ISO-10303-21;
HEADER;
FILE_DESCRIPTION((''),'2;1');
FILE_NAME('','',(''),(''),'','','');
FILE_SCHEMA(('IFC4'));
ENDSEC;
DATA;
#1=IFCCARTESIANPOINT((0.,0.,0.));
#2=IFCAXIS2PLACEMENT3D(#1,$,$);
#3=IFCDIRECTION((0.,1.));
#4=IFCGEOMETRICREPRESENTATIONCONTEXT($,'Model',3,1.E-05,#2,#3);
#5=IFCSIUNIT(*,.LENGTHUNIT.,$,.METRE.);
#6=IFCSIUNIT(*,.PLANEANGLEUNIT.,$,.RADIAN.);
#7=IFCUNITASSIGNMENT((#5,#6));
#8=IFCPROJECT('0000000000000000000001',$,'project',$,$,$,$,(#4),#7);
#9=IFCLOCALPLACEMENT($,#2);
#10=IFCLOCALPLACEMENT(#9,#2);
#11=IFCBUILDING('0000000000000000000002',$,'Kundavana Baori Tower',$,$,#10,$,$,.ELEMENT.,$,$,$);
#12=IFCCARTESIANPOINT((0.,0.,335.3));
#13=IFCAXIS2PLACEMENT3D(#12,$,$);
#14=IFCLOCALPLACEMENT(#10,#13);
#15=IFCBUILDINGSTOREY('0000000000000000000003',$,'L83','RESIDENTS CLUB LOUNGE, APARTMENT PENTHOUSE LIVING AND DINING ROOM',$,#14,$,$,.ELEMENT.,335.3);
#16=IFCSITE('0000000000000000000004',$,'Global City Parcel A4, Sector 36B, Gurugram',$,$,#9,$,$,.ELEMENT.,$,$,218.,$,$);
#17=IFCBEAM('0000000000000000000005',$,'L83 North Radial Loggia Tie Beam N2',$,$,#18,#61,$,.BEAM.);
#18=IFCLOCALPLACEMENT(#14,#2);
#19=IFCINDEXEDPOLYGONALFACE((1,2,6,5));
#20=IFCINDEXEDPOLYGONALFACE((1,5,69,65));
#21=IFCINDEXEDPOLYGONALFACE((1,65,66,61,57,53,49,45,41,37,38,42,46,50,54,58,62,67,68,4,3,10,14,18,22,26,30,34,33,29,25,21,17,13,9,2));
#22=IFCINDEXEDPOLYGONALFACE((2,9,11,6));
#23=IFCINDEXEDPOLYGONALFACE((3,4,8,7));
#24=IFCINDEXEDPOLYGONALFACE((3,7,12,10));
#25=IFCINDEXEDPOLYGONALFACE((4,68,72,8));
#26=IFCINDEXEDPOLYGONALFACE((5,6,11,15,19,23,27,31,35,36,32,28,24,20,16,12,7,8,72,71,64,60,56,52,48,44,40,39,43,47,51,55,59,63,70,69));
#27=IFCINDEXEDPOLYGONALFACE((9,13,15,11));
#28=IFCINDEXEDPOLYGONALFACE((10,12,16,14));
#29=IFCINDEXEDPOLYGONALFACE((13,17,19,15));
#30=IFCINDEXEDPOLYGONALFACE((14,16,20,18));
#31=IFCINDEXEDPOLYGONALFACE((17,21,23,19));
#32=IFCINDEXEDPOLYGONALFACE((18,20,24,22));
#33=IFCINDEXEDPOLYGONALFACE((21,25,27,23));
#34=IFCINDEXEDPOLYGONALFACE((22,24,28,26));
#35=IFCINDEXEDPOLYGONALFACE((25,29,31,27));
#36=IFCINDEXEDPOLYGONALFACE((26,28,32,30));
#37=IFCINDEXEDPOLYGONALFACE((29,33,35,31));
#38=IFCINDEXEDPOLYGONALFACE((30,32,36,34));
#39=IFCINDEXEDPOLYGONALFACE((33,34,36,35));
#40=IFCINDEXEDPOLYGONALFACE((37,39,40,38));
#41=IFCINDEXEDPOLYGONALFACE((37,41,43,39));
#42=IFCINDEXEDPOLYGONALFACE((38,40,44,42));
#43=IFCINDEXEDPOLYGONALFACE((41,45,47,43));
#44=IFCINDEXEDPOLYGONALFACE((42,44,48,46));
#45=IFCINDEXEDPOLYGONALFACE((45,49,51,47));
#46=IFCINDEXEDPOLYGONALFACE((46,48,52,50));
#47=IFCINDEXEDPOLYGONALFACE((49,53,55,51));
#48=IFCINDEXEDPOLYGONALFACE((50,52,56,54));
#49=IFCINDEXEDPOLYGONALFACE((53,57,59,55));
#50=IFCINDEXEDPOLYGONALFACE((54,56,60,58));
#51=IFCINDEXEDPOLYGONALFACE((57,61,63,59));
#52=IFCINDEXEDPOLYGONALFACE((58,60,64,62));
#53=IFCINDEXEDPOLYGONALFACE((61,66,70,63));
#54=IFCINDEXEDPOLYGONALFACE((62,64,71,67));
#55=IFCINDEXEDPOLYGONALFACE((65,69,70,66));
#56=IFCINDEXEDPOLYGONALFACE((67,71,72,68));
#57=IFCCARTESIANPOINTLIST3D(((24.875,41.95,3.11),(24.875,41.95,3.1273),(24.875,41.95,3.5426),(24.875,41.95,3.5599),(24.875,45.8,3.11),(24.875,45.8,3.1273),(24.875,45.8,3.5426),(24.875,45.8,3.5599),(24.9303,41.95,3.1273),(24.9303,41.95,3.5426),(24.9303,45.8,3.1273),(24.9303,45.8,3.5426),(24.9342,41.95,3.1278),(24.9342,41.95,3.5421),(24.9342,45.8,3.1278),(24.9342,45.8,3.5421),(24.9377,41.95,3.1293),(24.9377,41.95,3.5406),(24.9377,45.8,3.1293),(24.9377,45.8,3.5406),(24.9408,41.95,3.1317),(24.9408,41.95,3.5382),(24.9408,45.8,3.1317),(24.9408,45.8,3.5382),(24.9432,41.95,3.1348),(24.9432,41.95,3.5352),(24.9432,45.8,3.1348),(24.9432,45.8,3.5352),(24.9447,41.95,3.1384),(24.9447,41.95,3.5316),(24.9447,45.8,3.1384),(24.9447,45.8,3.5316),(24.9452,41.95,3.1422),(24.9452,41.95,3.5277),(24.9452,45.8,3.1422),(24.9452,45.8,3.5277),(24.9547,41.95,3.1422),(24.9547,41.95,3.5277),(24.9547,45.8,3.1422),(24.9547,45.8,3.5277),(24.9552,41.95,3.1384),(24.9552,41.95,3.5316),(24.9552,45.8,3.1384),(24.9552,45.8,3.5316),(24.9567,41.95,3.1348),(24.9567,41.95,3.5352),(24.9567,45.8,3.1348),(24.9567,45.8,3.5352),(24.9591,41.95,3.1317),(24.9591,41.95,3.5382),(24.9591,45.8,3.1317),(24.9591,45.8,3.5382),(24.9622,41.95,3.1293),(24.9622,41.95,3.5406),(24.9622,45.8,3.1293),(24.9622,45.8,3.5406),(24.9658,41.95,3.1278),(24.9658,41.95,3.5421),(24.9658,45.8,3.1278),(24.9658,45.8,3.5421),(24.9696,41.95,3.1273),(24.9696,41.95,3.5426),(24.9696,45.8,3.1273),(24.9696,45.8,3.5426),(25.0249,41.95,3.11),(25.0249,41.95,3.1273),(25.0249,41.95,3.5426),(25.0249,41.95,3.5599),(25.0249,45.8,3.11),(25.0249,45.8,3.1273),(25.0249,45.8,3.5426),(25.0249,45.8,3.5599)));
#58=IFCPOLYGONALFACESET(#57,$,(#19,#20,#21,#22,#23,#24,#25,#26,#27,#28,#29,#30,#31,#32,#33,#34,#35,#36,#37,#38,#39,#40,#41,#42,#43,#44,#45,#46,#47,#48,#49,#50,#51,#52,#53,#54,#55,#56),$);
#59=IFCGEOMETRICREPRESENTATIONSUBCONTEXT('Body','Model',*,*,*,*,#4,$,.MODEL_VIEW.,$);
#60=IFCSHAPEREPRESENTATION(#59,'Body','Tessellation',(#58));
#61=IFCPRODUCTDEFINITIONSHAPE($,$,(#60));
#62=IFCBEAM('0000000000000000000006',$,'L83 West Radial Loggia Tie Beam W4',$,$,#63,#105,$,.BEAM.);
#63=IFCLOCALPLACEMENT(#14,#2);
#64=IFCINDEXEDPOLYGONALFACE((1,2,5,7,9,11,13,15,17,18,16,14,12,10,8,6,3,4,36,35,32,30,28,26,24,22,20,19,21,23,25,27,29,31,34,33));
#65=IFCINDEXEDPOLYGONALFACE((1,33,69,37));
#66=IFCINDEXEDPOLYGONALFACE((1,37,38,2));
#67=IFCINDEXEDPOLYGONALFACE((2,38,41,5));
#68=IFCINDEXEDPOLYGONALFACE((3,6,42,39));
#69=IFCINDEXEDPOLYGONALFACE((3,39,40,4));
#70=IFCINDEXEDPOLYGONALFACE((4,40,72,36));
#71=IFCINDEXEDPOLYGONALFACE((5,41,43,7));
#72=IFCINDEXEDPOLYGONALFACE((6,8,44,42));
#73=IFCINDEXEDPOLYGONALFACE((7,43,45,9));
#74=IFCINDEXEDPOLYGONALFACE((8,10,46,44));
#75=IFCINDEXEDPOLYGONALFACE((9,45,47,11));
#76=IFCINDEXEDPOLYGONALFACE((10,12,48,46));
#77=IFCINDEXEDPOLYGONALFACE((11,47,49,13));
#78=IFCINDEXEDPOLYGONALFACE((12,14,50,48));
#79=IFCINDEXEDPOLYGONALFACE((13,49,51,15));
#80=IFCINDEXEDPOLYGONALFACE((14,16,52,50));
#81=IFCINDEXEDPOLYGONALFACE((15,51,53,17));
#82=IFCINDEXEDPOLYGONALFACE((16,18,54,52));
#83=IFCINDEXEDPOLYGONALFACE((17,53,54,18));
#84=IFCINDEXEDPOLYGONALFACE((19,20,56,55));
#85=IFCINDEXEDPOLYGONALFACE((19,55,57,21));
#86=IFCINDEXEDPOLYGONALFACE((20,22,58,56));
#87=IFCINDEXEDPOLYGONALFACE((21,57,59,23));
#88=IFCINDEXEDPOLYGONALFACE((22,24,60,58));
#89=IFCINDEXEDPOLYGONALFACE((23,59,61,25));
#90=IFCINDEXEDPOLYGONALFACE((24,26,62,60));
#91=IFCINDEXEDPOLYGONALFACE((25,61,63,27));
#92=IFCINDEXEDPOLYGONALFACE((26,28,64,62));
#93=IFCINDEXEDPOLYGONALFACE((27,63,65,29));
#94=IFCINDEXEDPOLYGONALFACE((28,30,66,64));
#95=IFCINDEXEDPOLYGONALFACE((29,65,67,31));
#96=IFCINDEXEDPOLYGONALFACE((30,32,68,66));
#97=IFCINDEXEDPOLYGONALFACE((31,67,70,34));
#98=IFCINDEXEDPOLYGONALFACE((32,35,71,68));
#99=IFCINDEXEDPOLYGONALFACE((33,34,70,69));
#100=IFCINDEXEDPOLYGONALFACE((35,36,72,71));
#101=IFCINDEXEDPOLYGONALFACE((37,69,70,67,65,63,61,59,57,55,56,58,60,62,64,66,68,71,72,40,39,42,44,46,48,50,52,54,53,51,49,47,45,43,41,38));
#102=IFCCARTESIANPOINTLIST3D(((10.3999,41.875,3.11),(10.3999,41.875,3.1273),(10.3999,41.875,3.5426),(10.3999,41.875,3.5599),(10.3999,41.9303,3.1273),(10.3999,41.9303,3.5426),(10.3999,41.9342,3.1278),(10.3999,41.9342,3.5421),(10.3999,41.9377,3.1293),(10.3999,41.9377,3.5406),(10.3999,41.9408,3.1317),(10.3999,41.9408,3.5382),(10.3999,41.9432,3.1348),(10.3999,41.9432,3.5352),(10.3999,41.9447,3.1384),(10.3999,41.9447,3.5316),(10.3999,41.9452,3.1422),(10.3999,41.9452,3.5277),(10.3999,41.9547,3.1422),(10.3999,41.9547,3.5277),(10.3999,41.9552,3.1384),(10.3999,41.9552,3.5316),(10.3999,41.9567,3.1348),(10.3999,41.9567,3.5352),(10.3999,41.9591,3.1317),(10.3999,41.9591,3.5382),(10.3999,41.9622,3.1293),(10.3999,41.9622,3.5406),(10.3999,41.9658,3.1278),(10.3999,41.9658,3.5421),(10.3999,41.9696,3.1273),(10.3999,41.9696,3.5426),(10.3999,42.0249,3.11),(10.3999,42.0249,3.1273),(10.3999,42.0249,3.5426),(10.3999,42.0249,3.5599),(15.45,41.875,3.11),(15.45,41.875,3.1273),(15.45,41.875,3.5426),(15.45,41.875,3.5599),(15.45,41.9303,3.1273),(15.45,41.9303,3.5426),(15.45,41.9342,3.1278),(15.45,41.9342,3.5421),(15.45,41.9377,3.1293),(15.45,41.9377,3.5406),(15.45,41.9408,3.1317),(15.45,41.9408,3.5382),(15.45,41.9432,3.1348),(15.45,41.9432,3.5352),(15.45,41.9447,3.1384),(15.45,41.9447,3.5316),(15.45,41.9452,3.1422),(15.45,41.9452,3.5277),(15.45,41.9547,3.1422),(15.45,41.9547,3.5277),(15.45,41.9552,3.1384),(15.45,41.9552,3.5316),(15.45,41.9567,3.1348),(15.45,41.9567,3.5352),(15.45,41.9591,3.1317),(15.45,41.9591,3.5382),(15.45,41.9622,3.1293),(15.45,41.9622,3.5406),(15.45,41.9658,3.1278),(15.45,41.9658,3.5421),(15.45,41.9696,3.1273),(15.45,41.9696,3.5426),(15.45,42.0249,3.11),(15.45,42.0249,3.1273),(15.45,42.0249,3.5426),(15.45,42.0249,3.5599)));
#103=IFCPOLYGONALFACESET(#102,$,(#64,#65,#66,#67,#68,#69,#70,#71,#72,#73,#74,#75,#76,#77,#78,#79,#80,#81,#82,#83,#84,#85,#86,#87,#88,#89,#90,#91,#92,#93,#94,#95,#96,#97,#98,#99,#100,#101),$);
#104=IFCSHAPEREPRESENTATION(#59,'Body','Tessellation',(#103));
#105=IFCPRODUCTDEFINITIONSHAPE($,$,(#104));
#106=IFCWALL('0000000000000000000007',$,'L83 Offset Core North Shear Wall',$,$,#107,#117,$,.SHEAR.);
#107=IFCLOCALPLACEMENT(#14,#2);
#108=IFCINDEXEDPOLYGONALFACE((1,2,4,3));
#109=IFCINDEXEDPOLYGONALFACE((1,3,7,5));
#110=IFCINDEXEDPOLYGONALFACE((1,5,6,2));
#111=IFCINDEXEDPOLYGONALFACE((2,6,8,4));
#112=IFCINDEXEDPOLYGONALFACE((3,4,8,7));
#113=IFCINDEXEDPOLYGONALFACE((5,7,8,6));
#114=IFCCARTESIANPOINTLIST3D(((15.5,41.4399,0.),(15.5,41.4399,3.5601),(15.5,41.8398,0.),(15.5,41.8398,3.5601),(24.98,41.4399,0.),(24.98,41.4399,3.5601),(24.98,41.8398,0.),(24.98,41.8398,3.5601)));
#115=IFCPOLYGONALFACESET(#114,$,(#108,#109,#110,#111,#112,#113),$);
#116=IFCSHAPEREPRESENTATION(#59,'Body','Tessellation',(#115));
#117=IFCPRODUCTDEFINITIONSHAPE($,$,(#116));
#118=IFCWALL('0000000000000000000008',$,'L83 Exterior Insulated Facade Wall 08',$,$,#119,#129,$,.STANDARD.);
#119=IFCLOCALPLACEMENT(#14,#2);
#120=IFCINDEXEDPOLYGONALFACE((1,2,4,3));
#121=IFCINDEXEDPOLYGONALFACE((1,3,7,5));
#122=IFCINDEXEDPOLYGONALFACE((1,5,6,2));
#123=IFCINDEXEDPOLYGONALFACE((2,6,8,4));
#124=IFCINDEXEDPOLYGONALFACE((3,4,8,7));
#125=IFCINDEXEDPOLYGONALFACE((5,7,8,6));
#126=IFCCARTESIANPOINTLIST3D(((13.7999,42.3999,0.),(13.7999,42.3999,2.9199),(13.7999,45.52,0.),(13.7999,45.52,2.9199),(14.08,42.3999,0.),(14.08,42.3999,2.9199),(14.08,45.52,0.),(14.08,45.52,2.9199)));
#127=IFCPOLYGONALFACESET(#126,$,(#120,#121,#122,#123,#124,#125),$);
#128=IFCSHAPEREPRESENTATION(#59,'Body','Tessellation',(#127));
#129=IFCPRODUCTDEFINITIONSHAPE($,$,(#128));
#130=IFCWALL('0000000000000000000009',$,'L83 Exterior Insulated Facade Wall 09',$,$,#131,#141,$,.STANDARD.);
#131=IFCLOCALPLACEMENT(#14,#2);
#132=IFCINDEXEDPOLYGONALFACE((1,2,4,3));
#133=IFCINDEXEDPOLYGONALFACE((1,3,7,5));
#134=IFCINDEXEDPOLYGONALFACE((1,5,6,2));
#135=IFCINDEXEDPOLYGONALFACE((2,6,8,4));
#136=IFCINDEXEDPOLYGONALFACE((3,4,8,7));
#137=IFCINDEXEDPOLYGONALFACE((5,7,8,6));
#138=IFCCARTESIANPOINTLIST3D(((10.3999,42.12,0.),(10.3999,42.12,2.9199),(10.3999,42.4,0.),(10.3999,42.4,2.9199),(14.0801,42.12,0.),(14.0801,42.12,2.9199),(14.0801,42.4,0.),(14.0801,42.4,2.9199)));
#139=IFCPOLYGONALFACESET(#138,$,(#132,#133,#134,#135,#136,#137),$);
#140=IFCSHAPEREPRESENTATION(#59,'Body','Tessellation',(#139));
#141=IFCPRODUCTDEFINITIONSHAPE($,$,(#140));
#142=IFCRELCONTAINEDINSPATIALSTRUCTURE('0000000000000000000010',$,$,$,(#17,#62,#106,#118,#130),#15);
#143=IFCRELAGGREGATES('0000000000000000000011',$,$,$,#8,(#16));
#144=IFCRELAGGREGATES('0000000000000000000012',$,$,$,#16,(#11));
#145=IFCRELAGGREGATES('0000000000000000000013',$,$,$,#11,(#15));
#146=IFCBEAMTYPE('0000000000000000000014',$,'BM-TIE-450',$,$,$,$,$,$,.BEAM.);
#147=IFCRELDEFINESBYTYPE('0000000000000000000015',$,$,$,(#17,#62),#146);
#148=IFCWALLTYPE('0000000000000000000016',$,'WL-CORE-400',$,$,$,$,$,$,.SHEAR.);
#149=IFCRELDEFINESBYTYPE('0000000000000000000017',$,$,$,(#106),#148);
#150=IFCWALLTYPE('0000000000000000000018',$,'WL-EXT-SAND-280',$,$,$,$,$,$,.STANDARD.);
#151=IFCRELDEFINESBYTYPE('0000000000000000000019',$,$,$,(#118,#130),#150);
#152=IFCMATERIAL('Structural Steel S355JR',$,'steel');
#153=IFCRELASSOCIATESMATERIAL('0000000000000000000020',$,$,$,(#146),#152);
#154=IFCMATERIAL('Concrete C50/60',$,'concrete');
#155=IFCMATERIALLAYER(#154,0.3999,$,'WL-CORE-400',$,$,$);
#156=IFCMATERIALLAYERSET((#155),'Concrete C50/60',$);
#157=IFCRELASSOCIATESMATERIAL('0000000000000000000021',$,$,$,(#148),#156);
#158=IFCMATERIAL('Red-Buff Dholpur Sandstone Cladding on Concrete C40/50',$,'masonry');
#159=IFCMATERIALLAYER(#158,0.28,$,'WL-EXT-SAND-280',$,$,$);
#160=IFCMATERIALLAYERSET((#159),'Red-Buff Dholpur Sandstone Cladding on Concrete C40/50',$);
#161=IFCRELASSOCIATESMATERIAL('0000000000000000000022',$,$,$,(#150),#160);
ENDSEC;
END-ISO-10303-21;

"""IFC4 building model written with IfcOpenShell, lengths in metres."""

from ifc_helpers import new_model, si_unit, direction, frame, frame_2d, origin, origin_2d, place, context, subcontext, project, spatial, rectangle, i_section, extrude, material, layer, layer_set, material_profile, profile_set, type_object, element, save


model = new_model("IFC4")

# Units and contexts
model_context = context("Model", 3, precision=1e-05, world=origin(), true_north=direction((0.0, 1.0)))
body_context = subcontext(model_context, "Body", "Model", "MODEL_VIEW")
ifc_project = project(units=[si_unit("LENGTHUNIT", "METRE"), si_unit("PLANEANGLEUNIT", "RADIAN")], contexts=[model_context])

# Site, building, storey
site_placement = place(None, origin())
site = spatial("IfcSite", under=ifc_project, at=site_placement, Name="Global City Parcel A4, Sector 36B, Gurugram", CompositionType="ELEMENT", RefElevation=218.0)
building_placement = place(site_placement, origin())
building = spatial("IfcBuilding", under=site, at=building_placement, Name="Kundavana Baori Tower", CompositionType="ELEMENT")
storey_placement = place(building_placement, frame((0.0, 0.0, 335.3)))
storey = spatial("IfcBuildingStorey", under=building, at=storey_placement, Name="L83", Description="RESIDENTS CLUB LOUNGE, APARTMENT PENTHOUSE LIVING AND DINING ROOM", CompositionType="ELEMENT", Elevation=335.3)

# Beams
ifc_material_1 = material(Name="Structural Steel S355JR", Category="steel")
ifc_material_profile_1 = material_profile(ifc_material_1, i_section(OverallWidth=0.1499, OverallDepth=0.45, WebThickness=0.0095, FlangeThickness=0.0173, FilletRadius=0.0149, at=origin_2d()), Name="ISMB 450")
ifc_profile_set_1 = profile_set([ifc_material_profile_1], Name="Structural Steel S355JR")
beam_type_1 = type_object("IfcBeamType", Name="BM-TIE-450", PredefinedType="BEAM", material=ifc_profile_set_1)
for number, where, z_axis, x_axis, name in (
    (1, (24.95, 41.95, 3.335), (0.0, 1.0, 0.0), (-1.0, 0.0, 0.0), "L83 North Radial Loggia Tie Beam N2"),
):
    element("IfcBeam", number, at=place(storey_placement, frame(where, z_axis=z_axis, x_axis=x_axis)), inside=storey, type_object=beam_type_1, Name=name, PredefinedType="BEAM", context=body_context, shape_type="SweptSolid", body=[
        extrude(i_section(OverallWidth=0.1499, OverallDepth=0.45, WebThickness=0.0095, FlangeThickness=0.0173, FilletRadius=0.0149, at=origin_2d()), origin(), (0.0, 0.0, 1.0), 3.8501),
    ])
beam_1_placement = place(storey_placement, frame((15.45, 41.95, 3.335), z_axis=(-1.0, 0.0, 0.0), x_axis=(0.0, -1.0, 0.0)))
element("IfcBeam", 2, at=beam_1_placement, inside=storey, type_object=beam_type_1, Name="L83 West Radial Loggia Tie Beam W4", PredefinedType="BEAM", context=body_context, shape_type="SweptSolid", body=[
    extrude(i_section(OverallWidth=0.1499, OverallDepth=0.45, WebThickness=0.0095, FlangeThickness=0.0173, FilletRadius=0.0149, at=origin_2d()), origin(), (0.0, 0.0, 1.0), 5.05),
])

# Walls
ifc_material_2 = material(Name="Concrete C50/60", Category="concrete")
ifc_layer_1 = layer(ifc_material_2, 0.3999, Name="WL-CORE-400")
ifc_layer_set_1 = layer_set([ifc_layer_1], Name="Concrete C50/60")
wall_type_1 = type_object("IfcWallType", Name="WL-CORE-400", PredefinedType="SHEAR", material=ifc_layer_set_1)
wall_1_placement = place(storey_placement, frame((15.5, 41.6399, 0.0), z_axis=(0.0, 0.0, 1.0), x_axis=(1.0, 0.0, 0.0)))
element("IfcWall", 3, at=wall_1_placement, inside=storey, type_object=wall_type_1, Name="L83 Offset Core North Shear Wall", PredefinedType="SHEAR", context=body_context, shape_type="SweptSolid", body=[
    extrude(rectangle(XDim=9.48, YDim=0.3999, at=frame_2d((4.74, 0.0))), origin(), (0.0, 0.0, 1.0), 3.5601),
])
ifc_material_3 = material(Name="Red-Buff Dholpur Sandstone Cladding on Concrete C40/50", Category="masonry")
ifc_layer_2 = layer(ifc_material_3, 0.28, Name="WL-EXT-SAND-280")
ifc_layer_set_2 = layer_set([ifc_layer_2], Name="Red-Buff Dholpur Sandstone Cladding on Concrete C40/50")
wall_type_2 = type_object("IfcWallType", Name="WL-EXT-SAND-280", PredefinedType="STANDARD", material=ifc_layer_set_2)
wall_2_placement = place(storey_placement, frame((13.9399, 45.52, 0.0), z_axis=(0.0, 0.0, 1.0), x_axis=(0.0, -1.0, 0.0)))
element("IfcWall", 4, at=wall_2_placement, inside=storey, type_object=wall_type_2, Name="L83 Exterior Insulated Facade Wall 08", PredefinedType="STANDARD", context=body_context, shape_type="SweptSolid", body=[
    extrude(rectangle(XDim=3.1201, YDim=0.28, at=frame_2d((1.5601, 0.0))), origin(), (0.0, 0.0, 1.0), 2.9199),
])
wall_3_placement = place(storey_placement, frame((14.0801, 42.26, 0.0), z_axis=(0.0, 0.0, 1.0), x_axis=(-1.0, 0.0, 0.0)))
element("IfcWall", 5, at=wall_3_placement, inside=storey, type_object=wall_type_2, Name="L83 Exterior Insulated Facade Wall 09", PredefinedType="STANDARD", context=body_context, shape_type="SweptSolid", body=[
    extrude(rectangle(XDim=3.6802, YDim=0.28, at=frame_2d((1.8401, 0.0))), origin(), (0.0, 0.0, 1.0), 2.9199),
])

save(model, "model.ifc")
